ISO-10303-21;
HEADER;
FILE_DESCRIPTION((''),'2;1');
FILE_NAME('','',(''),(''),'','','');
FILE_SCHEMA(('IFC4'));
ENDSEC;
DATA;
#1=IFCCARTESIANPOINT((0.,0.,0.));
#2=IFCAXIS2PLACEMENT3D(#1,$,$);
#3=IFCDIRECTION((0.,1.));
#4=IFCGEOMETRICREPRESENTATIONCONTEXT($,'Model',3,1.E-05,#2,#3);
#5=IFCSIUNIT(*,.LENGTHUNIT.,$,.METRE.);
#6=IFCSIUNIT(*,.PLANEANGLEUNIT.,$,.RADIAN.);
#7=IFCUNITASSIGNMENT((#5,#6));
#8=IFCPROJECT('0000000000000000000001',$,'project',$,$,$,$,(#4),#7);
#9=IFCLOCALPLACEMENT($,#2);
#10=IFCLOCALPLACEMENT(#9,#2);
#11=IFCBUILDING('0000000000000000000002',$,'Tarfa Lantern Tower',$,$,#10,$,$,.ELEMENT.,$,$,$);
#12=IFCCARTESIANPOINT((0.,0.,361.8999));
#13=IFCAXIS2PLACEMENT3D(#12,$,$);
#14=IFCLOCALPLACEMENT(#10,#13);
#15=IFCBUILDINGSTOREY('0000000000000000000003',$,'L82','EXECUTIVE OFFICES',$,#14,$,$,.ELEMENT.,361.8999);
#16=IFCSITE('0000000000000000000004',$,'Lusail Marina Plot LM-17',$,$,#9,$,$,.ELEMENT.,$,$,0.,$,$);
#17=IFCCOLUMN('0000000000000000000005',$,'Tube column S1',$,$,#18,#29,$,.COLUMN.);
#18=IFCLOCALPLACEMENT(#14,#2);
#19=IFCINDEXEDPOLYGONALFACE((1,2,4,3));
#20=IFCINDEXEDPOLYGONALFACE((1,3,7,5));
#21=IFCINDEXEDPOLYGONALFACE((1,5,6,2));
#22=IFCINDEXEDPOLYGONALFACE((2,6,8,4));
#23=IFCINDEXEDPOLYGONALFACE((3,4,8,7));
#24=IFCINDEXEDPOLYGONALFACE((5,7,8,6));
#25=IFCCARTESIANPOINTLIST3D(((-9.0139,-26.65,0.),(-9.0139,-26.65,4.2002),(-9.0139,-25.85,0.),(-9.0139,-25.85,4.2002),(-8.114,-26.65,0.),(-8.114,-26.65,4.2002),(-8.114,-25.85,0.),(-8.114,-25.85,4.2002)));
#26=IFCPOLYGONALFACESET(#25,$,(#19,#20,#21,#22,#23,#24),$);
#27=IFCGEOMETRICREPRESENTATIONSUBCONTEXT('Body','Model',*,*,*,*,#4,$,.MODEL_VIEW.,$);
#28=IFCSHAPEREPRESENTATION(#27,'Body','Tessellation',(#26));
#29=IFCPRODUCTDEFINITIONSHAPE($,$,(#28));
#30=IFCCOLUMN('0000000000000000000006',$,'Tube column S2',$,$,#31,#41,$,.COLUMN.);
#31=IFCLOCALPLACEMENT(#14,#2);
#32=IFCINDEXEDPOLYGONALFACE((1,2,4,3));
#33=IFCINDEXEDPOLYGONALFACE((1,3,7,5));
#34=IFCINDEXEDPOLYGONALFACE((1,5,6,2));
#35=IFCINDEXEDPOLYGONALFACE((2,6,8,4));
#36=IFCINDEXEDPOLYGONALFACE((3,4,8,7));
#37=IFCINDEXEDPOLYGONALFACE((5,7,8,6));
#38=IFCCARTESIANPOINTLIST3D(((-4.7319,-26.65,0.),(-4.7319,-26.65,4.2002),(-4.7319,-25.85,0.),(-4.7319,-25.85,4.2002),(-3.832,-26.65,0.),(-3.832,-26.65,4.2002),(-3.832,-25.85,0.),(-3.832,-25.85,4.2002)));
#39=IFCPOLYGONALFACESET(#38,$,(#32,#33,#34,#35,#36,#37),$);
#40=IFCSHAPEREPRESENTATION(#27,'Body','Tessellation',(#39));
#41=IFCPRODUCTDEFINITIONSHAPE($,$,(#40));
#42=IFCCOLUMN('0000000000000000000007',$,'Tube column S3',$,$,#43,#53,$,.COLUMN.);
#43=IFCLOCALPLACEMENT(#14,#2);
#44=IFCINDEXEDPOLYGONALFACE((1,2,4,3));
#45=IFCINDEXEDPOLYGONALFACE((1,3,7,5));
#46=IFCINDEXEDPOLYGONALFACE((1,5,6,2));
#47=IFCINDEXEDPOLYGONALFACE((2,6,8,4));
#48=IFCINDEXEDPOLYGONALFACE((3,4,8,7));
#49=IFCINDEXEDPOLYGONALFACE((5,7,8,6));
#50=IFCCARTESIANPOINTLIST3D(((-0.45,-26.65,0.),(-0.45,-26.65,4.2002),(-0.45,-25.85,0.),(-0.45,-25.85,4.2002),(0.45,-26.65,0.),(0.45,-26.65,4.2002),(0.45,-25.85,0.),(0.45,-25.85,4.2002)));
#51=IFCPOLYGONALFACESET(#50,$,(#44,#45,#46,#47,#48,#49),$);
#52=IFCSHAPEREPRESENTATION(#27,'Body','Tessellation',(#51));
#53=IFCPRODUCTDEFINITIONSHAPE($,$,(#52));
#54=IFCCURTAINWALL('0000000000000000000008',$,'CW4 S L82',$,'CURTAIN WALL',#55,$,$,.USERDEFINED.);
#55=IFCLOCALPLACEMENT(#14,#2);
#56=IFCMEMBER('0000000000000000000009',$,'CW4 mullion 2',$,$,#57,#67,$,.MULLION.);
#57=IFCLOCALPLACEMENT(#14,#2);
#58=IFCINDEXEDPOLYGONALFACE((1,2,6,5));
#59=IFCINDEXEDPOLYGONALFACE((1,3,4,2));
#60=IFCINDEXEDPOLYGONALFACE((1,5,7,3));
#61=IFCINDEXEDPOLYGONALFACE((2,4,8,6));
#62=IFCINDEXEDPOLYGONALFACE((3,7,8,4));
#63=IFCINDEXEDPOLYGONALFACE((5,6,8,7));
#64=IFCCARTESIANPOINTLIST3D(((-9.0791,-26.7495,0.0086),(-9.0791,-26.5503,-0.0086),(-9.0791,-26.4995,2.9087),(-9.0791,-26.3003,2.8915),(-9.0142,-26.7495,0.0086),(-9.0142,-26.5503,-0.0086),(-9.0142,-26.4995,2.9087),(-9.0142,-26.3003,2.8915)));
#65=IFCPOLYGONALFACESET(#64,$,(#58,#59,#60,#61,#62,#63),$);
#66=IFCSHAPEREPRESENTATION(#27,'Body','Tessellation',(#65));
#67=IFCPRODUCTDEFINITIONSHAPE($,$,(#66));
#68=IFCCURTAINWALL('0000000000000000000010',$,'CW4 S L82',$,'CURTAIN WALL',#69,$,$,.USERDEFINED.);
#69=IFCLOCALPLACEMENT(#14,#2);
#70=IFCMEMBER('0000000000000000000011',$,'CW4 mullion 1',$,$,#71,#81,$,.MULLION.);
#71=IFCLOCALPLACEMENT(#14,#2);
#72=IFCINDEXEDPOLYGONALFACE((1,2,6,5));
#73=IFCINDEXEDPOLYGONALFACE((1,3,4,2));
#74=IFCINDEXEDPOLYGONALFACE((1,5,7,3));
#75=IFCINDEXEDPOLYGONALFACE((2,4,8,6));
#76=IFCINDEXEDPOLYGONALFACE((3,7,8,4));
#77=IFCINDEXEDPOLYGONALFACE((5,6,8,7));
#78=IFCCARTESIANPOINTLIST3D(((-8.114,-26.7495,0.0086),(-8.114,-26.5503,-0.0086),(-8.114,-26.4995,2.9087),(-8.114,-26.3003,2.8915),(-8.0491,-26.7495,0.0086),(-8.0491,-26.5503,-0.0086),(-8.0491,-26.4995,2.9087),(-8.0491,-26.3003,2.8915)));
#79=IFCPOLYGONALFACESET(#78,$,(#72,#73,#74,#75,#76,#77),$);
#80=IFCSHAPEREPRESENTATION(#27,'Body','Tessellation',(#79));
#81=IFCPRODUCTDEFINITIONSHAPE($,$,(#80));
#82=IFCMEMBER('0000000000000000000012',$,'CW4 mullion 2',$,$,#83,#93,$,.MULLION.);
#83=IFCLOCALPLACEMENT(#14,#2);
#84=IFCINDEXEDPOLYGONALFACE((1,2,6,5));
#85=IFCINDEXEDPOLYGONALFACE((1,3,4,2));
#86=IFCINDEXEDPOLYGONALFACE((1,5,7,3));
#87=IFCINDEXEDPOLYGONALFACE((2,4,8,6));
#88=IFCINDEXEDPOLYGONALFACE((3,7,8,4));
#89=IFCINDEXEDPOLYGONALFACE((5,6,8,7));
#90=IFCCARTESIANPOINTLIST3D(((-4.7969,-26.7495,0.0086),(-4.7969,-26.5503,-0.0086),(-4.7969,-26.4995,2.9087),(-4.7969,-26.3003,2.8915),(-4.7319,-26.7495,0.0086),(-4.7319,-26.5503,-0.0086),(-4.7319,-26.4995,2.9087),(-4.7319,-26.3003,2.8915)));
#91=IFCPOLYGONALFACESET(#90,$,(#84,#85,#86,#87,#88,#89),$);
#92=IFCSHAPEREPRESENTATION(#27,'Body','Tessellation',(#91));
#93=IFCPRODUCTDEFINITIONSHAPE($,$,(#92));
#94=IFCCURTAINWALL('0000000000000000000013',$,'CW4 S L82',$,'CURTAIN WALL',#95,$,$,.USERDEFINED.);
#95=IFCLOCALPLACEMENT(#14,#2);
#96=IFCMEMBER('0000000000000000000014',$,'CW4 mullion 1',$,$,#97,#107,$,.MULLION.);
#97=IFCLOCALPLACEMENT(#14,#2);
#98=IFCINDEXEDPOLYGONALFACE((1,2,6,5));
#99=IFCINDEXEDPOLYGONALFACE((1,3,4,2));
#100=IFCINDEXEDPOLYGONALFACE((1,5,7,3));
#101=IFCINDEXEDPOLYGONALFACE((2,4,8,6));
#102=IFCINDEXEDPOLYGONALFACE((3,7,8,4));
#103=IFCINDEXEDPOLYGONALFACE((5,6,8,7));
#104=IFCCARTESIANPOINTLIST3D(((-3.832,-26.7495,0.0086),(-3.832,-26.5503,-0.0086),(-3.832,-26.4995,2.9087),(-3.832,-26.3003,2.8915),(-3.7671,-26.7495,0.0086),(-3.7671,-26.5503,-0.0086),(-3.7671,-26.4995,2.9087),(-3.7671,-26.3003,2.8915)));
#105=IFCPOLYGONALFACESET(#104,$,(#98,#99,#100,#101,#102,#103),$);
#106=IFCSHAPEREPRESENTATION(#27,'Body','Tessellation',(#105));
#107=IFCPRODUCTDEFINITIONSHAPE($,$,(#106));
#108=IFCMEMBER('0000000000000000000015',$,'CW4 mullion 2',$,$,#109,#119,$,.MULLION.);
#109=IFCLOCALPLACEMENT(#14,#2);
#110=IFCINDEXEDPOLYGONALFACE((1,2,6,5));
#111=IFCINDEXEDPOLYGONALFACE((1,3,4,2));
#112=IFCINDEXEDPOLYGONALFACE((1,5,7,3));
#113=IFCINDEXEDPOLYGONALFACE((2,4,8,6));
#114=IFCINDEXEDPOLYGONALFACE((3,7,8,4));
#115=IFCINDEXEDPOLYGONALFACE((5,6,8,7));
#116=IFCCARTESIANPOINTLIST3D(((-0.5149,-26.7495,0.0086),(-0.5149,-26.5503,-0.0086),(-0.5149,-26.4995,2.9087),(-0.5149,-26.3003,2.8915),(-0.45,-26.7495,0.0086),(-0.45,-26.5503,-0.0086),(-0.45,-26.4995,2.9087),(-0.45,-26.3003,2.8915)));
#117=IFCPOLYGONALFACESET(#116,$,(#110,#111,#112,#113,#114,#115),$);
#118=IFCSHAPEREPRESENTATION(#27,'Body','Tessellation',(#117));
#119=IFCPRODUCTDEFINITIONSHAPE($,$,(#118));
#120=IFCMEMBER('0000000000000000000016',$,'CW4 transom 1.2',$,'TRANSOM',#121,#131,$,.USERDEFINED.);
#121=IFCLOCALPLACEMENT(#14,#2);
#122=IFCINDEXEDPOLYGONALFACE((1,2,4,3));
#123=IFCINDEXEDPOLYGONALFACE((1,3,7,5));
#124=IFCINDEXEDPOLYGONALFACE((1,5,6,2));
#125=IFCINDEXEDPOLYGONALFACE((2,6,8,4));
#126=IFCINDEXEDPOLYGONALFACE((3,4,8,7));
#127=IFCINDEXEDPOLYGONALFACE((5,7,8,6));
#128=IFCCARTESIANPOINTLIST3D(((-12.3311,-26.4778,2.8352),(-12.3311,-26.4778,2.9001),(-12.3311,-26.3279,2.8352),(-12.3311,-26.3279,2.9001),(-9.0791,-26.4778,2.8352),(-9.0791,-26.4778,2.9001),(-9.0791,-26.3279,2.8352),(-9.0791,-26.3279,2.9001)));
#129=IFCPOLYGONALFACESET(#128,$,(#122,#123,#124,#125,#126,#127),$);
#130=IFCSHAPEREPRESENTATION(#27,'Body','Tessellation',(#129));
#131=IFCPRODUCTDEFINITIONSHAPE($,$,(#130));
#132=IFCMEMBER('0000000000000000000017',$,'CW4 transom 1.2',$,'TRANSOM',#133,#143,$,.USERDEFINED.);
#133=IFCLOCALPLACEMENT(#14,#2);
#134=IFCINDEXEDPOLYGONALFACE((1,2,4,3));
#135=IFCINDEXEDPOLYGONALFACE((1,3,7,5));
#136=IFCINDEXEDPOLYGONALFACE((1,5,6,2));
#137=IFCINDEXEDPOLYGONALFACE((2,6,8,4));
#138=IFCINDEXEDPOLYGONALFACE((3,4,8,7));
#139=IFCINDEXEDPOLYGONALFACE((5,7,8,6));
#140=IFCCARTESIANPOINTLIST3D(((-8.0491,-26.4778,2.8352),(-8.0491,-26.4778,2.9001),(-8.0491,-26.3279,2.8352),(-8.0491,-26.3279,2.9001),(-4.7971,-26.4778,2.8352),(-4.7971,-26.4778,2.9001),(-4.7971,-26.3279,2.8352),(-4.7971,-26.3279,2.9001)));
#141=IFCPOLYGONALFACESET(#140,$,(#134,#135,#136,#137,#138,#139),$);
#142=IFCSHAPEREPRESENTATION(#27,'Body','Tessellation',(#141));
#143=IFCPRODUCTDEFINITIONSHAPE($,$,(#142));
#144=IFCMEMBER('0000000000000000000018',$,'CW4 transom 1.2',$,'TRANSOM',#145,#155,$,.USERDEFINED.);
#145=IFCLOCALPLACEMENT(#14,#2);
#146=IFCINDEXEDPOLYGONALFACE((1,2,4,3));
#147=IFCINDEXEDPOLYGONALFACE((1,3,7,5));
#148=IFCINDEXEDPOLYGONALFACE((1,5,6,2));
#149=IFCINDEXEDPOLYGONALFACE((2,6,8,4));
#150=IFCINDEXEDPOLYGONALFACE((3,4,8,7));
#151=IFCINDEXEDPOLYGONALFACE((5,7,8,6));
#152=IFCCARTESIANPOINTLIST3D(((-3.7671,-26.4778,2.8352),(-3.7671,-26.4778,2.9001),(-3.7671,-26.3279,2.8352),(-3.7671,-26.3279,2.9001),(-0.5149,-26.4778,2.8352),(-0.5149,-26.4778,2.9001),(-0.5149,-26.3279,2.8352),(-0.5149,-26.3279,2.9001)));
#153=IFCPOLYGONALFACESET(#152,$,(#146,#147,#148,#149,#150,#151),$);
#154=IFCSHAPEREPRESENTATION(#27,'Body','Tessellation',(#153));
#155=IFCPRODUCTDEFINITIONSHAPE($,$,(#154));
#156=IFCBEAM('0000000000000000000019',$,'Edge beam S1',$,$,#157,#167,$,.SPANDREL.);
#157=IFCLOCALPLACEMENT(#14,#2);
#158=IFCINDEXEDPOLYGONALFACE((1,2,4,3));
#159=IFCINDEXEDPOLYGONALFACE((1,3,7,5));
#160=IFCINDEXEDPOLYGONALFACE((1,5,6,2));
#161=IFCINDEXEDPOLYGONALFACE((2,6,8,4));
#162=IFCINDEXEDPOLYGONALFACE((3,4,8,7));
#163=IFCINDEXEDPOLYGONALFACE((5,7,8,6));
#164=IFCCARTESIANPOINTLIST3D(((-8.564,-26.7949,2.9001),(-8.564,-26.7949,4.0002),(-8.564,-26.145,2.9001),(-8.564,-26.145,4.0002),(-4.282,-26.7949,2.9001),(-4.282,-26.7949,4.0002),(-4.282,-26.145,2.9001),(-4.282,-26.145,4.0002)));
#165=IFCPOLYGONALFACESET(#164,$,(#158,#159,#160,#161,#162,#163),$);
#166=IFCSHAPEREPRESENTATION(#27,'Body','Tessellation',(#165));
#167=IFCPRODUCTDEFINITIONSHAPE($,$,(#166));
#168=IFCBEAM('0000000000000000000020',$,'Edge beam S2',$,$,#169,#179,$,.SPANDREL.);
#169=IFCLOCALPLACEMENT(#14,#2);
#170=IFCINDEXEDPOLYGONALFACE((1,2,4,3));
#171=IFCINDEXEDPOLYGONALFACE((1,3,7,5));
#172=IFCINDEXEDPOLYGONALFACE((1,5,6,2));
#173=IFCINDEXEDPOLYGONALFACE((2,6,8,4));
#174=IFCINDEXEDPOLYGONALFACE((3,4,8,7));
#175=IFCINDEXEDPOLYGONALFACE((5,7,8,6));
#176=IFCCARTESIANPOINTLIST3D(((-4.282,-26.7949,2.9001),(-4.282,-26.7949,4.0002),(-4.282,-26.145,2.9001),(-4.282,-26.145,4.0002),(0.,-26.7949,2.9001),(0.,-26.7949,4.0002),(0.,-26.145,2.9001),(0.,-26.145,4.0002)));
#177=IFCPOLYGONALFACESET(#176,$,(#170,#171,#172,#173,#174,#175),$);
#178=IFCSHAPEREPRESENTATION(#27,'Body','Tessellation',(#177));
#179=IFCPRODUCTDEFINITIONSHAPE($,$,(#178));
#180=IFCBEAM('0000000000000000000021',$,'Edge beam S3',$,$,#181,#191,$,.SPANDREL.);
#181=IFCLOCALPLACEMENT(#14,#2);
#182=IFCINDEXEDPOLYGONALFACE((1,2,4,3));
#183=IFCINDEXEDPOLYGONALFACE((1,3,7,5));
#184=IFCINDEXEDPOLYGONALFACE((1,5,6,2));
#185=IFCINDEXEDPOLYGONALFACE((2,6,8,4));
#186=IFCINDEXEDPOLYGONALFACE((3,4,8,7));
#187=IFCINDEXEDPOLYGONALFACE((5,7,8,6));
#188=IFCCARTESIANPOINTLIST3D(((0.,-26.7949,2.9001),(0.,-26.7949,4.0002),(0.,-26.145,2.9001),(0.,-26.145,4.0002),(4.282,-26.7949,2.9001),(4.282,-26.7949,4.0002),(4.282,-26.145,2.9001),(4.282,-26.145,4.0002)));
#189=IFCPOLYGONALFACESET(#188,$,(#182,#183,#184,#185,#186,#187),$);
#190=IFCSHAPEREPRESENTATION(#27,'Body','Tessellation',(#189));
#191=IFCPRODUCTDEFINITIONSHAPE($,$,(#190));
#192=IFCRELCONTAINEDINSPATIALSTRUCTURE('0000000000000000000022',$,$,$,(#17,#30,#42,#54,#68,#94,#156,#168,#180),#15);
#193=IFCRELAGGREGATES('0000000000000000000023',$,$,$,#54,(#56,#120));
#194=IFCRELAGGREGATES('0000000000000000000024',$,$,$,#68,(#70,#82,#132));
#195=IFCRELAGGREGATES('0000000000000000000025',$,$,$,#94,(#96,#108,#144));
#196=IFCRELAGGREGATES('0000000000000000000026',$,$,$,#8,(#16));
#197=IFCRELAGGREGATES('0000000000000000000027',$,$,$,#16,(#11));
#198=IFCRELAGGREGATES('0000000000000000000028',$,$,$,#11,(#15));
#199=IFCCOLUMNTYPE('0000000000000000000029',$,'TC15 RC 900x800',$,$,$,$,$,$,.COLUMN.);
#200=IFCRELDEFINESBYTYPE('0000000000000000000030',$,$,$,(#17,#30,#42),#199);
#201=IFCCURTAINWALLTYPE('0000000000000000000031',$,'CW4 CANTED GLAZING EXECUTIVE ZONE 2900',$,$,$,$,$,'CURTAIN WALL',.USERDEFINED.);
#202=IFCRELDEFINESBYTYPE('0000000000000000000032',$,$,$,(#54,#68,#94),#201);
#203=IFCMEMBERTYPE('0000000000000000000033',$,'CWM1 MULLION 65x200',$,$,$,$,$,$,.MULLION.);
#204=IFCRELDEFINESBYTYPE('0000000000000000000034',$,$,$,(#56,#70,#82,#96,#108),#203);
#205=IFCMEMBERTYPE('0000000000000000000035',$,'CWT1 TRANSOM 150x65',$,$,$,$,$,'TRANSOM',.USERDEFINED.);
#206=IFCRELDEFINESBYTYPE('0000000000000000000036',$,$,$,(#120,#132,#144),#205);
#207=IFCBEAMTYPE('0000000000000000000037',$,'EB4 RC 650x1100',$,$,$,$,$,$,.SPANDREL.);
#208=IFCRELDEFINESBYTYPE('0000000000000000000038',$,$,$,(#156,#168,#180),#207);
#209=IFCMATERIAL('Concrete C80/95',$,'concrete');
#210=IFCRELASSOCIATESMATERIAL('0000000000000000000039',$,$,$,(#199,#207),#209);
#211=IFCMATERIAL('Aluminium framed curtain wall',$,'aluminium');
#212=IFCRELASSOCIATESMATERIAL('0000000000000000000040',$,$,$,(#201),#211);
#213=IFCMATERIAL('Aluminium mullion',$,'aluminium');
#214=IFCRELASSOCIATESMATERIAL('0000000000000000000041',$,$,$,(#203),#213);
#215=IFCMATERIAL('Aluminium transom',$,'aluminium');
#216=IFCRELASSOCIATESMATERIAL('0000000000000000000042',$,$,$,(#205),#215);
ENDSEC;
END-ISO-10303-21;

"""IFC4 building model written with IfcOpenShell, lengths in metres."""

from ifc_helpers import new_model, si_unit, direction, frame, origin, origin_2d, place, context, subcontext, project, spatial, rectangle, extrude, material, material_profile, profile_set, type_object, element, aggregate, save


model = new_model("IFC4")

# Units and contexts
model_context = context("Model", 3, precision=1e-05, world=origin(), true_north=direction((0.0, 1.0)))
body_context = subcontext(model_context, "Body", "Model", "MODEL_VIEW")
ifc_project = project(units=[si_unit("LENGTHUNIT", "METRE"), si_unit("PLANEANGLEUNIT", "RADIAN")], contexts=[model_context])

# Site, building, storey
site_placement = place(None, origin())
site = spatial("IfcSite", under=ifc_project, at=site_placement, Name="Lusail Marina Plot LM-17", CompositionType="ELEMENT", RefElevation=0.0)
building_placement = place(site_placement, origin())
building = spatial("IfcBuilding", under=site, at=building_placement, Name="Tarfa Lantern Tower", CompositionType="ELEMENT")
storey_placement = place(building_placement, frame((0.0, 0.0, 361.8999)))
storey = spatial("IfcBuildingStorey", under=building, at=storey_placement, Name="L82", Description="EXECUTIVE OFFICES", CompositionType="ELEMENT", Elevation=361.8999)

# Columns
ifc_material_1 = material(Name="Concrete C80/95", Category="concrete")
ifc_material_profile_1 = material_profile(ifc_material_1, rectangle(XDim=0.8999, YDim=0.8, at=origin_2d()), Name="RC 900x800")
ifc_profile_set_1 = profile_set([ifc_material_profile_1], Name="Concrete C80/95")
column_type = type_object("IfcColumnType", Name="TC15 RC 900x800", PredefinedType="COLUMN", material=ifc_profile_set_1)
for number, where, z_axis, x_axis, name in (
    (1, (-8.564, -26.25, 0.0), (0.0, 0.0, 1.0), (1.0, 0.0, 0.0), "Tube column S1"),
    (2, (-4.282, -26.25, 0.0), (0.0, 0.0, 1.0), (1.0, 0.0, 0.0), "Tube column S2"),
    (3, (0.0, -26.25, 0.0), (0.0, 0.0, 1.0), (1.0, 0.0, 0.0), "Tube column S3"),
):
    element("IfcColumn", number, at=place(storey_placement, frame(where, z_axis=z_axis, x_axis=x_axis)), inside=storey, type_object=column_type, Name=name, PredefinedType="COLUMN", context=body_context, shape_type="SweptSolid", body=[
        extrude(rectangle(XDim=0.8999, YDim=0.8, at=origin_2d()), origin(), (0.0, 0.0, 1.0), 4.2002),
    ])

# Curtain wall, member
ifc_material_2 = material(Name="Aluminium framed curtain wall", Category="aluminium")
curtain_wall_type = type_object("IfcCurtainWallType", Name="CW4 CANTED GLAZING EXECUTIVE ZONE 2900", ElementType="CURTAIN WALL", PredefinedType="USERDEFINED", material=ifc_material_2)
curtain_wall_1_placement = place(storey_placement, origin())
curtain_wall_1 = element("IfcCurtainWall", 4, at=curtain_wall_1_placement, inside=storey, type_object=curtain_wall_type, Name="CW4 S L82", ObjectType="CURTAIN WALL", PredefinedType="USERDEFINED")
ifc_material_3 = material(Name="Aluminium mullion", Category="aluminium")
ifc_material_profile_2 = material_profile(ifc_material_3, rectangle(XDim=0.0649, YDim=0.2, at=origin_2d()), Name="AL MULLION 65x200")
ifc_profile_set_2 = profile_set([ifc_material_profile_2], Name="Aluminium mullion")
member_type_1 = type_object("IfcMemberType", Name="CWM1 MULLION 65x200", PredefinedType="MULLION", material=ifc_profile_set_2)
member_1_placement = place(storey_placement, frame((-9.0466, -26.6499, 0.0), z_axis=(0.0, 0.085884, 0.996305), x_axis=(-1.0, 0.0, 0.0)))
member_1 = element("IfcMember", 5, at=member_1_placement, type_object=member_type_1, Name="CW4 mullion 2", PredefinedType="MULLION", context=body_context, shape_type="SweptSolid", body=[
    extrude(rectangle(XDim=0.0649, YDim=0.2, at=origin_2d()), origin(), (0.0, 0.0, 1.0), 2.9109),
])

# Curtain walls, members
curtain_wall_2_placement = place(storey_placement, origin())
curtain_wall_2 = element("IfcCurtainWall", 6, at=curtain_wall_2_placement, inside=storey, type_object=curtain_wall_type, Name="CW4 S L82", ObjectType="CURTAIN WALL", PredefinedType="USERDEFINED")
member_2_placement = place(storey_placement, frame((-8.0815, -26.6499, 0.0), z_axis=(0.0, 0.085884, 0.996305), x_axis=(-1.0, 0.0, 0.0)))
member_2 = element("IfcMember", 7, at=member_2_placement, type_object=member_type_1, Name="CW4 mullion 1", PredefinedType="MULLION", context=body_context, shape_type="SweptSolid", body=[
    extrude(rectangle(XDim=0.0649, YDim=0.2, at=origin_2d()), origin(), (0.0, 0.0, 1.0), 2.9109),
])
member_3_placement = place(storey_placement, frame((-4.7644, -26.6499, 0.0), z_axis=(0.0, 0.085884, 0.996305), x_axis=(-1.0, 0.0, 0.0)))
member_3 = element("IfcMember", 8, at=member_3_placement, type_object=member_type_1, Name="CW4 mullion 2", PredefinedType="MULLION", context=body_context, shape_type="SweptSolid", body=[
    extrude(rectangle(XDim=0.0649, YDim=0.2, at=origin_2d()), origin(), (0.0, 0.0, 1.0), 2.9109),
])
curtain_wall_3_placement = place(storey_placement, origin())
curtain_wall_3 = element("IfcCurtainWall", 9, at=curtain_wall_3_placement, inside=storey, type_object=curtain_wall_type, Name="CW4 S L82", ObjectType="CURTAIN WALL", PredefinedType="USERDEFINED")
member_4_placement = place(storey_placement, frame((-3.7996, -26.6499, 0.0), z_axis=(0.0, 0.085884, 0.996305), x_axis=(-1.0, 0.0, 0.0)))
member_4 = element("IfcMember", 10, at=member_4_placement, type_object=member_type_1, Name="CW4 mullion 1", PredefinedType="MULLION", context=body_context, shape_type="SweptSolid", body=[
    extrude(rectangle(XDim=0.0649, YDim=0.2, at=origin_2d()), origin(), (0.0, 0.0, 1.0), 2.9109),
])
member_5_placement = place(storey_placement, frame((-0.4824, -26.6499, 0.0), z_axis=(0.0, 0.085884, 0.996305), x_axis=(-1.0, 0.0, 0.0)))
member_5 = element("IfcMember", 11, at=member_5_placement, type_object=member_type_1, Name="CW4 mullion 2", PredefinedType="MULLION", context=body_context, shape_type="SweptSolid", body=[
    extrude(rectangle(XDim=0.0649, YDim=0.2, at=origin_2d()), origin(), (0.0, 0.0, 1.0), 2.9109),
])

# Members
ifc_material_4 = material(Name="Aluminium transom", Category="aluminium")
ifc_material_profile_3 = material_profile(ifc_material_4, rectangle(XDim=0.1499, YDim=0.0649, at=origin_2d()), Name="AL TRANSOM 150x65")
ifc_profile_set_3 = profile_set([ifc_material_profile_3], Name="Aluminium transom")
member_type_2 = type_object("IfcMemberType", Name="CWT1 TRANSOM 150x65", ElementType="TRANSOM", PredefinedType="USERDEFINED", material=ifc_profile_set_3)
member_6_placement = place(storey_placement, frame((-12.3311, -26.4028, 2.8677), z_axis=(1.0, 0.0, 0.0), x_axis=(0.0, 1.0, 0.0)))
member_6 = element("IfcMember", 12, at=member_6_placement, type_object=member_type_2, Name="CW4 transom 1.2", ObjectType="TRANSOM", PredefinedType="USERDEFINED", context=body_context, shape_type="SweptSolid", body=[
    extrude(rectangle(XDim=0.1499, YDim=0.0649, at=origin_2d()), origin(), (0.0, 0.0, 1.0), 3.252),
])
aggregate(curtain_wall_1, [member_1, member_6])
member_7_placement = place(storey_placement, frame((-8.0491, -26.4028, 2.8677), z_axis=(1.0, 0.0, 0.0), x_axis=(0.0, 1.0, 0.0)))
member_7 = element("IfcMember", 13, at=member_7_placement, type_object=member_type_2, Name="CW4 transom 1.2", ObjectType="TRANSOM", PredefinedType="USERDEFINED", context=body_context, shape_type="SweptSolid", body=[
    extrude(rectangle(XDim=0.1499, YDim=0.0649, at=origin_2d()), origin(), (0.0, 0.0, 1.0), 3.252),
])
member_8_placement = place(storey_placement, frame((-3.7671, -26.4028, 2.8677), z_axis=(1.0, 0.0, 0.0), x_axis=(0.0, 1.0, 0.0)))
member_8 = element("IfcMember", 14, at=member_8_placement, type_object=member_type_2, Name="CW4 transom 1.2", ObjectType="TRANSOM", PredefinedType="USERDEFINED", context=body_context, shape_type="SweptSolid", body=[
    extrude(rectangle(XDim=0.1499, YDim=0.0649, at=origin_2d()), origin(), (0.0, 0.0, 1.0), 3.2522),
])

# Beams
ifc_material_profile_4 = material_profile(ifc_material_1, rectangle(XDim=0.6499, YDim=1.1001, at=origin_2d()), Name="RC 650x1100")
ifc_profile_set_4 = profile_set([ifc_material_profile_4], Name="Concrete C80/95")
beam_type_1 = type_object("IfcBeamType", Name="EB4 RC 650x1100", PredefinedType="SPANDREL", material=ifc_profile_set_4)
for number, where, z_axis, x_axis, name in (
    (15, (-8.564, -26.47, 3.4502), (1.0, 0.0, 0.0), (0.0, 1.0, 0.0), "Edge beam S1"),
    (16, (-4.282, -26.47, 3.4502), (1.0, 0.0, 0.0), (0.0, 1.0, 0.0), "Edge beam S2"),
    (17, (0.0, -26.47, 3.4502), (1.0, 0.0, 0.0), (0.0, 1.0, 0.0), "Edge beam S3"),
):
    element("IfcBeam", number, at=place(storey_placement, frame(where, z_axis=z_axis, x_axis=x_axis)), inside=storey, type_object=beam_type_1, Name=name, PredefinedType="SPANDREL", context=body_context, shape_type="SweptSolid", body=[
        extrude(rectangle(XDim=0.6499, YDim=1.1001, at=origin_2d()), origin(), (0.0, 0.0, 1.0), 4.282),
    ])

aggregate(curtain_wall_2, [member_2, member_3, member_7])
aggregate(curtain_wall_3, [member_4, member_5, member_8])

save(model, "model.ifc")
